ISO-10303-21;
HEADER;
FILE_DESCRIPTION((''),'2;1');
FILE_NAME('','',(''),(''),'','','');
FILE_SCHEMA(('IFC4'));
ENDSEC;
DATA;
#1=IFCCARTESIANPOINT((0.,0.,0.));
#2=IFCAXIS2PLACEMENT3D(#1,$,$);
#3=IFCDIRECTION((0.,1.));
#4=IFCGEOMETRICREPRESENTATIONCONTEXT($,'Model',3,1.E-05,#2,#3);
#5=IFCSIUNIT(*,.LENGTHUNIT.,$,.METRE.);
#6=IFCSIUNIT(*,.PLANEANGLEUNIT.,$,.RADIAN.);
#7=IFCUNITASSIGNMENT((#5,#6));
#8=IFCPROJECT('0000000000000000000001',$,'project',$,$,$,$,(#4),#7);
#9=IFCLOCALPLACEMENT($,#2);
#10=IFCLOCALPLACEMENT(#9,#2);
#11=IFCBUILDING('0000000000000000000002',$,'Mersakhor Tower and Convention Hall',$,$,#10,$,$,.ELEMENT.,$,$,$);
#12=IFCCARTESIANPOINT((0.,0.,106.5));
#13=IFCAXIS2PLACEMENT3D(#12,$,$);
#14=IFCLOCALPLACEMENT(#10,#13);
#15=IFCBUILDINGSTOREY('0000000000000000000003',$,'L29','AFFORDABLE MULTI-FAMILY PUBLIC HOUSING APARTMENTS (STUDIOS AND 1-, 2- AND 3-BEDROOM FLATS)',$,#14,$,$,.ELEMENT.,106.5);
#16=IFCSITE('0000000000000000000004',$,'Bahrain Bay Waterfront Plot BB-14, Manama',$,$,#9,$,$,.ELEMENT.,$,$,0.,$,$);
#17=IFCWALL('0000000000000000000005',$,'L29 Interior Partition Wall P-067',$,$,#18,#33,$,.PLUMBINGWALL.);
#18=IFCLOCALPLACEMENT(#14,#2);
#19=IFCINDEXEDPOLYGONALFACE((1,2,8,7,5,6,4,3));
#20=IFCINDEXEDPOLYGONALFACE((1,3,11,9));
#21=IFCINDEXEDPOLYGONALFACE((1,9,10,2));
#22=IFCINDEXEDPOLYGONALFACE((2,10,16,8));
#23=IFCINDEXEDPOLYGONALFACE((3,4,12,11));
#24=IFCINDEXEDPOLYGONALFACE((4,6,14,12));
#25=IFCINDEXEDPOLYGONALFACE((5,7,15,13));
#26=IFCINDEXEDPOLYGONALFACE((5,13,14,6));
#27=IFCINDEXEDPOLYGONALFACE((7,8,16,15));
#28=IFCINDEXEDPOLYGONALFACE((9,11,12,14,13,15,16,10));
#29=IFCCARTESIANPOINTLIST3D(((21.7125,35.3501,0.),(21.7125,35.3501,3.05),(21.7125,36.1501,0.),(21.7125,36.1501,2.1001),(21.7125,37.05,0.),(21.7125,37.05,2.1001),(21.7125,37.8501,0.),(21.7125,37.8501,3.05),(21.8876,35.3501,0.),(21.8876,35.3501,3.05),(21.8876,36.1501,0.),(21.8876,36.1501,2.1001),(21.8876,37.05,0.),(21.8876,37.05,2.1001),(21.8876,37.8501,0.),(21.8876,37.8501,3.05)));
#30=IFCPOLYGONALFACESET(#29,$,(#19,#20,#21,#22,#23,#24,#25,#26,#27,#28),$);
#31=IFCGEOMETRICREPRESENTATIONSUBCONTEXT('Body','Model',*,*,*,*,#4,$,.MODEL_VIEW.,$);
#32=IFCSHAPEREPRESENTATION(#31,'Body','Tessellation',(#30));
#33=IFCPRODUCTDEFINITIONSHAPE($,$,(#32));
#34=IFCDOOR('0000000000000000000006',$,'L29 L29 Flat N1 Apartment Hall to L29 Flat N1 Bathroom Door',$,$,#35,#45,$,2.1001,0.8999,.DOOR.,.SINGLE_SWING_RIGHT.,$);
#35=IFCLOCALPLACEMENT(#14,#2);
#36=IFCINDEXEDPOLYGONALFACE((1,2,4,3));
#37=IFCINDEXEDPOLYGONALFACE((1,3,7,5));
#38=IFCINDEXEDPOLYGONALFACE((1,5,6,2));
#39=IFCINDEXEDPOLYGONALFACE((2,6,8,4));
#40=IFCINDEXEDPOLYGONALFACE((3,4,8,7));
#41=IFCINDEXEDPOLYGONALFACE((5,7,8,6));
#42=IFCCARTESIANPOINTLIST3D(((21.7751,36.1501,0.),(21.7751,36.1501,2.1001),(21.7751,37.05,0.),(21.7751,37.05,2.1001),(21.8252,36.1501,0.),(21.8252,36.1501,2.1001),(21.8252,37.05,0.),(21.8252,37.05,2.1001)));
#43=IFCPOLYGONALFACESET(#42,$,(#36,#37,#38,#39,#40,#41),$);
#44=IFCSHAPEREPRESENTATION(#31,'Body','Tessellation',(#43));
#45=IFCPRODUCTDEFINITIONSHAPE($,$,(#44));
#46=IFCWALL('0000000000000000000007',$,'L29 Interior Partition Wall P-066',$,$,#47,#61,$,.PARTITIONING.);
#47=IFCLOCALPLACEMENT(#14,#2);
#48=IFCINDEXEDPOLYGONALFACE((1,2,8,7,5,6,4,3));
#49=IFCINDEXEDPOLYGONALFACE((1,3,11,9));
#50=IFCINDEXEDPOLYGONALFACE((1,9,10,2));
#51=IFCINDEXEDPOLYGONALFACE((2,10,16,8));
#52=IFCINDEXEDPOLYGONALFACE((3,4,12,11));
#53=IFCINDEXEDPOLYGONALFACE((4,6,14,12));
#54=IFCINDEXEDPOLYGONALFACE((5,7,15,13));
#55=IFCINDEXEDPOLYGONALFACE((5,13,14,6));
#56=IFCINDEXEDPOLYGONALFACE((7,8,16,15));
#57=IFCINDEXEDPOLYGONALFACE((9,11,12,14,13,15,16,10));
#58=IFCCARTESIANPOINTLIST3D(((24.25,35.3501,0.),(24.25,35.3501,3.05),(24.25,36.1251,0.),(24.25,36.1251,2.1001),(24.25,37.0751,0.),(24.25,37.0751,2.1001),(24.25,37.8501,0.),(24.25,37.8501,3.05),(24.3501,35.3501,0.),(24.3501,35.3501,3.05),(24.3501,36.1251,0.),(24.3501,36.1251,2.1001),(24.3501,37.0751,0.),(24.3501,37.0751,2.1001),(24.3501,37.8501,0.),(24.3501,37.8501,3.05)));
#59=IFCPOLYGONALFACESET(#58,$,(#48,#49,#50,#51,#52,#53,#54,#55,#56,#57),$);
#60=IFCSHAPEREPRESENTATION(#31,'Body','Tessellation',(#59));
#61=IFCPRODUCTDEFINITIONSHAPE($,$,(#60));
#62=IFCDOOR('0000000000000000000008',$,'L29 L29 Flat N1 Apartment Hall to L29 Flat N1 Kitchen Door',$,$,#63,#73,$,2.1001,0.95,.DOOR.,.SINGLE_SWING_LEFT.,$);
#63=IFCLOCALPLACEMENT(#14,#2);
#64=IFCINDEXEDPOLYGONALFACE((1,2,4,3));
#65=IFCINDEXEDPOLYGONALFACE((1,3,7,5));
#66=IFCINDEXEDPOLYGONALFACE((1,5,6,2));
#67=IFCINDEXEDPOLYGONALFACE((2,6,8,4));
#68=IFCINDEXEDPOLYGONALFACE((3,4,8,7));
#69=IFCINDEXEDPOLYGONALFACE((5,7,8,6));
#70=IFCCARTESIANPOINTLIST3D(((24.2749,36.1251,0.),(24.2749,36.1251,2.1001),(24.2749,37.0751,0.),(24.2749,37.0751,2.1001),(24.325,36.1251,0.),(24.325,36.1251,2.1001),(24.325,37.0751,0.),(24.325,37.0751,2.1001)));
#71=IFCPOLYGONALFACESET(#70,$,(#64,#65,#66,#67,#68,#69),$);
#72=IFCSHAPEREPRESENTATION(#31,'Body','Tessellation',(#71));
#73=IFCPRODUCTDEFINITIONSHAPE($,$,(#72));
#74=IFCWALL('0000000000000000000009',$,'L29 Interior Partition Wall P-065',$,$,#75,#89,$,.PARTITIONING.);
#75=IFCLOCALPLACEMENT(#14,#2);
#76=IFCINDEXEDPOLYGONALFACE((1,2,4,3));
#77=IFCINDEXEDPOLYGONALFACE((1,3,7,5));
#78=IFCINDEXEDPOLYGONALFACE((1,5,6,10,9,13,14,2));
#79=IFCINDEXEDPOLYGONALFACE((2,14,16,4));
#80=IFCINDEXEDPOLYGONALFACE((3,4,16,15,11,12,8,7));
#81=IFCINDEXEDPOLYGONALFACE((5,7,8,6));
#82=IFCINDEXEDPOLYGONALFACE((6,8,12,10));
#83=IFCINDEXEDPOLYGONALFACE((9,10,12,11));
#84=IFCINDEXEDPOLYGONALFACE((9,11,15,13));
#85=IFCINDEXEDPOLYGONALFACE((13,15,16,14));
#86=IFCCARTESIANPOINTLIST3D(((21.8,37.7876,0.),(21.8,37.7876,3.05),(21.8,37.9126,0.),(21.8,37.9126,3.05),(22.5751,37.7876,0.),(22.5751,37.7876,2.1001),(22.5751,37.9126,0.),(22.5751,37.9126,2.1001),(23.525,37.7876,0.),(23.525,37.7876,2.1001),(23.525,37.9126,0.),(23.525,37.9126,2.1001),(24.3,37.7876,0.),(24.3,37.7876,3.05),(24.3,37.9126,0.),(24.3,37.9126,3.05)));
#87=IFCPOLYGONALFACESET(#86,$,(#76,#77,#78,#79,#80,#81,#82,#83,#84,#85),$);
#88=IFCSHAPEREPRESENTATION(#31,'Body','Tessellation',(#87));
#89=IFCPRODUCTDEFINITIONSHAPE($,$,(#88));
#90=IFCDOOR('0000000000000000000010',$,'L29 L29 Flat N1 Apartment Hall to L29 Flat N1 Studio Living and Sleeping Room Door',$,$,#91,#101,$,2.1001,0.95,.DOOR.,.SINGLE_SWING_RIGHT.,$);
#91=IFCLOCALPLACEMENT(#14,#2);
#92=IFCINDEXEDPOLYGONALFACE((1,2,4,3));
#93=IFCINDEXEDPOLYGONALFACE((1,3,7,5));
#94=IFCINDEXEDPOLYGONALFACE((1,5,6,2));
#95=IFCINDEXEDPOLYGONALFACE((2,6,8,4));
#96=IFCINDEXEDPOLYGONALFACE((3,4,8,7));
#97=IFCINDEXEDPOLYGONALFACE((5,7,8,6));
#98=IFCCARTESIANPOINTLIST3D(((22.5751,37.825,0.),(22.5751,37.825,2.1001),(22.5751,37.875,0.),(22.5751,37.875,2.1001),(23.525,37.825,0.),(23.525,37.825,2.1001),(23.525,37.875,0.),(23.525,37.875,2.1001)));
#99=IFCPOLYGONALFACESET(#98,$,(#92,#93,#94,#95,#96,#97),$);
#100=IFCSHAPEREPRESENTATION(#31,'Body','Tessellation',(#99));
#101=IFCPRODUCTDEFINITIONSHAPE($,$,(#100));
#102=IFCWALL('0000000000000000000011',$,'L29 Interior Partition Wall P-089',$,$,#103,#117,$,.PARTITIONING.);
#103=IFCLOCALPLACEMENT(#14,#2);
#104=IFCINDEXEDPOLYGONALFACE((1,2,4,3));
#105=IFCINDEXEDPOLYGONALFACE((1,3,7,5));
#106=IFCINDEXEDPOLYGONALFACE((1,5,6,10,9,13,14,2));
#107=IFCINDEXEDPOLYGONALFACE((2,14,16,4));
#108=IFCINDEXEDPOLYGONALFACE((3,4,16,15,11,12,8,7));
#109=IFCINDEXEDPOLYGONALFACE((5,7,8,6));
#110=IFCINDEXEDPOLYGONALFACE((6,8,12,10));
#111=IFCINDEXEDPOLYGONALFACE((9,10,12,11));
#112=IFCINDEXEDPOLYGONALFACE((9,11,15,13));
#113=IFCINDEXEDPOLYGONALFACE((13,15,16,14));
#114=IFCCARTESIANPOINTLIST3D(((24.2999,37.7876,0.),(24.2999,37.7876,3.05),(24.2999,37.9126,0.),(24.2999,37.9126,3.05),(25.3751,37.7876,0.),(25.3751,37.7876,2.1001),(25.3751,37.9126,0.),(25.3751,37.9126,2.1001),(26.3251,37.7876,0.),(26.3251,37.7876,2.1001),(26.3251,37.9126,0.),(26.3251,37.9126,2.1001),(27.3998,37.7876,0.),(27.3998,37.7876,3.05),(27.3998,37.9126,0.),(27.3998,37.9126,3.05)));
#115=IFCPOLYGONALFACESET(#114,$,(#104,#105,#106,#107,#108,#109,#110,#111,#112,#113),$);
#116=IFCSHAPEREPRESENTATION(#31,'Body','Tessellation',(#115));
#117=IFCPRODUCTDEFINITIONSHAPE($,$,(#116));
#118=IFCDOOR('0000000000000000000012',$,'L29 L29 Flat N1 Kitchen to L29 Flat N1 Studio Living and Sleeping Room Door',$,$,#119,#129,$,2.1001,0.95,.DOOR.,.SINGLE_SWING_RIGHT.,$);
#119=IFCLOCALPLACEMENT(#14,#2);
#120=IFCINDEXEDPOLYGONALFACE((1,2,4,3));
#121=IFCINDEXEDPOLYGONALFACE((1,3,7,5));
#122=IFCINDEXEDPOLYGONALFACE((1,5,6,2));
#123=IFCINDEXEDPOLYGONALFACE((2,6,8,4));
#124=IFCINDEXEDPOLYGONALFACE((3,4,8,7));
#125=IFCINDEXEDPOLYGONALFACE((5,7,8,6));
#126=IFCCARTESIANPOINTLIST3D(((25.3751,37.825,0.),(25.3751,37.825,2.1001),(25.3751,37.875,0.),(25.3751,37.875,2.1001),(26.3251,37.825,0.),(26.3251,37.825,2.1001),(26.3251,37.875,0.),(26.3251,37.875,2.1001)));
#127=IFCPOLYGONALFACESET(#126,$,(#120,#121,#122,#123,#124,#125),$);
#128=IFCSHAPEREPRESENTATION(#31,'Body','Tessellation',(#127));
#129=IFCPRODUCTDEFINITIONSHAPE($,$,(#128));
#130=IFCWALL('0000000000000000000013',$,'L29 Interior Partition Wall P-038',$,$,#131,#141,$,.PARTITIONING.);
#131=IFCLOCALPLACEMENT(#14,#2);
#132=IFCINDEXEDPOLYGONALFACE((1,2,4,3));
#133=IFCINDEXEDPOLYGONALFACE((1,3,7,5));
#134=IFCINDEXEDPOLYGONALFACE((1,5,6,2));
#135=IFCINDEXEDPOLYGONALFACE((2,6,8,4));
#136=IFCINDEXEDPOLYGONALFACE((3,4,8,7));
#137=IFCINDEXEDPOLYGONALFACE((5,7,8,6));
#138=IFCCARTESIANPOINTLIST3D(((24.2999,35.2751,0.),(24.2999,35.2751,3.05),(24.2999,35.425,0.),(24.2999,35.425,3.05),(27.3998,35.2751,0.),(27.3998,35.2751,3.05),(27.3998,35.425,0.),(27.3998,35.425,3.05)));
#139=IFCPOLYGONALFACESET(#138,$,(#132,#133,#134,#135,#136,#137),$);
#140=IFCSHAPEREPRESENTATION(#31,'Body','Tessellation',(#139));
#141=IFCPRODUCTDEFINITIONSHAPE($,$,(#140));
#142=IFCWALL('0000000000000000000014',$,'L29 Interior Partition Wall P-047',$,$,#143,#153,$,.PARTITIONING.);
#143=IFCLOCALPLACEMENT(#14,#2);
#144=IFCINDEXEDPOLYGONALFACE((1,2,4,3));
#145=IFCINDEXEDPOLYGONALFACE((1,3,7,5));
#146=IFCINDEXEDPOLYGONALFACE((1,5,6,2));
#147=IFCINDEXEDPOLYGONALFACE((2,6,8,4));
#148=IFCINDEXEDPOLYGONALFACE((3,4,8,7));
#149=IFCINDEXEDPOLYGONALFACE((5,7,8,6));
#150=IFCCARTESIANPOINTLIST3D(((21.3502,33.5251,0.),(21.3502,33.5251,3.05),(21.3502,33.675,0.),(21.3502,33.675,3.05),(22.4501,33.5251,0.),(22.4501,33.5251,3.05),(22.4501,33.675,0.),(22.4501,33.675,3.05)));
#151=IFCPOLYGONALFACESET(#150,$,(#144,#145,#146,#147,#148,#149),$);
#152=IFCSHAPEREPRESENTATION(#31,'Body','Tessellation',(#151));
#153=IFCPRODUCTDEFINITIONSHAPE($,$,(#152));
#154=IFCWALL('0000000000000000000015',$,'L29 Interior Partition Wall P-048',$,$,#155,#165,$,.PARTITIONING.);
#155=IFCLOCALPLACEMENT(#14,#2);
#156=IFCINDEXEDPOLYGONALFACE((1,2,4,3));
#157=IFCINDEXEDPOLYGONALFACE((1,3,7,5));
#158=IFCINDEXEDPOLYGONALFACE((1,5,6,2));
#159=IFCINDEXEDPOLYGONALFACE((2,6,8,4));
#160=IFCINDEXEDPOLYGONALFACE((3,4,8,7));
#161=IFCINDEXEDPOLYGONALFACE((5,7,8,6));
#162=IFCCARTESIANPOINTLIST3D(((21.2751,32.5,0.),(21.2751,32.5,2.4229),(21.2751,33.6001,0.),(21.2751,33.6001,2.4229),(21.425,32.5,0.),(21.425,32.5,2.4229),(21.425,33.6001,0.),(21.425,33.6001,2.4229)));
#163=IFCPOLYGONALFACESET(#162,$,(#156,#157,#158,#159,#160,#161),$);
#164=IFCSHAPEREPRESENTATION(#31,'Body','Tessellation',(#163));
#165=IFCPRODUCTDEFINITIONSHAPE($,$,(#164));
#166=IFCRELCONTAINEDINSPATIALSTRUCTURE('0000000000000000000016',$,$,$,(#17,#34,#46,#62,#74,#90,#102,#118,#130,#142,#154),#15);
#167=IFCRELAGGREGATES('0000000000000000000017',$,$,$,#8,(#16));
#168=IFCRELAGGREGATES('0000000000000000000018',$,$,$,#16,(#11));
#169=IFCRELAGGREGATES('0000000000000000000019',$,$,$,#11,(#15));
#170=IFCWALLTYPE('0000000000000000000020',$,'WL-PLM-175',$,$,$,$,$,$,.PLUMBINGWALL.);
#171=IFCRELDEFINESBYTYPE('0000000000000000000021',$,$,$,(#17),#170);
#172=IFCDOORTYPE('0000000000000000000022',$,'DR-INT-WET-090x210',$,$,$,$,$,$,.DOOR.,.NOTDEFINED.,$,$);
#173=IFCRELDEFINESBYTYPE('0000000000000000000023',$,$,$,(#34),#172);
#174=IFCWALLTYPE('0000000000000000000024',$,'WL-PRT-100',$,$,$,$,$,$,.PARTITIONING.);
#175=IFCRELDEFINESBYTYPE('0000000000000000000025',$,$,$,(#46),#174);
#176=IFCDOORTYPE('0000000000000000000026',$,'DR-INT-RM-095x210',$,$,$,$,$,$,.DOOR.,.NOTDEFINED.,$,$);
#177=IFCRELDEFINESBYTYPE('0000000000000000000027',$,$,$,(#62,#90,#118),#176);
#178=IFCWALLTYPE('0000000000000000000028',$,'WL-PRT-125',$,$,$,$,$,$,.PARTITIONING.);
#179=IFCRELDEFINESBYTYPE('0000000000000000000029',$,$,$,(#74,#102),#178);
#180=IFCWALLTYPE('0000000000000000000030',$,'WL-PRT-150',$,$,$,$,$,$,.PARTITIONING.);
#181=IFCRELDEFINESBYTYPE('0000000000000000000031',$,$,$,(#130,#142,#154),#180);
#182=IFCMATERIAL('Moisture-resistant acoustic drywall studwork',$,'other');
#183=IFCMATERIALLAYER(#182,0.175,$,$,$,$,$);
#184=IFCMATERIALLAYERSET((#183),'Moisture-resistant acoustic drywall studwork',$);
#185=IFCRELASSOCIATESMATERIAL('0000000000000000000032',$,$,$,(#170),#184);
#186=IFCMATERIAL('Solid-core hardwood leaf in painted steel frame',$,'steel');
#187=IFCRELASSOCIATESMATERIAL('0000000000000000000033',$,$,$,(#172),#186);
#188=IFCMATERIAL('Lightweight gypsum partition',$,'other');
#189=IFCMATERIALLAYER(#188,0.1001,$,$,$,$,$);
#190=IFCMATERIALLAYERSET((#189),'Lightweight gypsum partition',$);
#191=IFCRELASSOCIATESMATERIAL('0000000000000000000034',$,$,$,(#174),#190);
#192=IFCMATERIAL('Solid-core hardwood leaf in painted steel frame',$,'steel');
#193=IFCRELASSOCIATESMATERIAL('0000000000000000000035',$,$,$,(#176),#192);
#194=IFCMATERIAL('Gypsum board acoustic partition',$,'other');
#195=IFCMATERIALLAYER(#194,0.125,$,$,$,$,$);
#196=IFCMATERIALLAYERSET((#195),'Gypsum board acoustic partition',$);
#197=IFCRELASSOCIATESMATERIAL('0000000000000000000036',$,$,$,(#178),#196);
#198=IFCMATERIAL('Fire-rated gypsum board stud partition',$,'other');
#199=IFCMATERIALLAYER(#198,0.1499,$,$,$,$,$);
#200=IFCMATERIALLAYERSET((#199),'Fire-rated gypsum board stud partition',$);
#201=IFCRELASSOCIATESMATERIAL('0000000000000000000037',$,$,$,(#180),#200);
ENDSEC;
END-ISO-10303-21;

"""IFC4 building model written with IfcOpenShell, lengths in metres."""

from ifc_helpers import new_model, si_unit, direction, frame, frame_2d, origin, place, context, subcontext, project, spatial, rectangle, extrude, material, layer, layer_set, type_object, element, fill, save


model = new_model("IFC4")

# Units and contexts
model_context = context("Model", 3, precision=1e-05, world=origin(), true_north=direction((0.0, 1.0)))
body_context = subcontext(model_context, "Body", "Model", "MODEL_VIEW")
ifc_project = project(units=[si_unit("LENGTHUNIT", "METRE"), si_unit("PLANEANGLEUNIT", "RADIAN")], contexts=[model_context])

# Site, building, storey
site_placement = place(None, origin())
site = spatial("IfcSite", under=ifc_project, at=site_placement, Name="Bahrain Bay Waterfront Plot BB-14, Manama", CompositionType="ELEMENT", RefElevation=0.0)
building_placement = place(site_placement, origin())
building = spatial("IfcBuilding", under=site, at=building_placement, Name="Mersakhor Tower and Convention Hall", CompositionType="ELEMENT")
storey_placement = place(building_placement, frame((0.0, 0.0, 106.5)))
storey = spatial("IfcBuildingStorey", under=building, at=storey_placement, Name="L29", Description="AFFORDABLE MULTI-FAMILY PUBLIC HOUSING APARTMENTS (STUDIOS AND 1-, 2- AND 3-BEDROOM FLATS)", CompositionType="ELEMENT", Elevation=106.5)

# Walls, openings, doors
ifc_material_1 = material(Name="Moisture-resistant acoustic drywall studwork", Category="other")
ifc_layer_1 = layer(ifc_material_1, 0.175)
ifc_layer_set_1 = layer_set([ifc_layer_1], Name="Moisture-resistant acoustic drywall studwork")
wall_type_1 = type_object("IfcWallType", Name="WL-PLM-175", PredefinedType="PLUMBINGWALL", material=ifc_layer_set_1)
wall_1_placement = place(storey_placement, frame((21.8, 35.3501, 0.0), z_axis=(0.0, 0.0, 1.0), x_axis=(0.0, 1.0, 0.0)))
wall_1 = element("IfcWall", 1, at=wall_1_placement, inside=storey, type_object=wall_type_1, Name="L29 Interior Partition Wall P-067", PredefinedType="PLUMBINGWALL", context=body_context, shape_type="SweptSolid", body=[
    extrude(rectangle(XDim=2.5, YDim=0.175, at=frame_2d((1.25, 0.0))), origin(), (0.0, 0.0, 1.0), 3.05),
])
opening_1_placement = place(wall_1_placement, frame((0.8, 0.0, 0.0)))
opening_1 = element("IfcOpeningElement", 2, at=opening_1_placement, cuts=wall_1, PredefinedType="OPENING", context=body_context, shape_type="SweptSolid", body=[
    extrude(rectangle(XDim=0.8999, YDim=2.1001, at=frame_2d((0.45, 1.05))), frame((0.0, 0.0974, 0.0), z_axis=(0.0, -1.0, 0.0), x_axis=(1.0, 0.0, 0.0)), (0.0, 0.0, 1.0), 0.1951),
])
ifc_material_2 = material(Name="Solid-core hardwood leaf in painted steel frame", Category="steel")
door_type_1 = type_object("IfcDoorType", Name="DR-INT-WET-090x210", OperationType="NOTDEFINED", PredefinedType="DOOR", material=ifc_material_2)
door_1_placement = place(opening_1_placement, origin())
door_1 = element("IfcDoor", 3, at=door_1_placement, inside=storey, type_object=door_type_1, Name="L29 L29 Flat N1 Apartment Hall to L29 Flat N1 Bathroom Door", OperationType="SINGLE_SWING_RIGHT", OverallHeight=2.1001, OverallWidth=0.8999, PredefinedType="DOOR", context=body_context, shape_type="SweptSolid", body=[
    extrude(rectangle(XDim=0.8999, YDim=2.1001, at=frame_2d((0.45, 1.05))), frame((0.0, 0.0249, 0.0), z_axis=(0.0, -1.0, 0.0), x_axis=(1.0, 0.0, 0.0)), (0.0, 0.0, 1.0), 0.05),
])
fill(opening_1, door_1)
ifc_material_3 = material(Name="Lightweight gypsum partition", Category="other")
ifc_layer_2 = layer(ifc_material_3, 0.1001)
ifc_layer_set_2 = layer_set([ifc_layer_2], Name="Lightweight gypsum partition")
wall_type_2 = type_object("IfcWallType", Name="WL-PRT-100", PredefinedType="PARTITIONING", material=ifc_layer_set_2)
wall_2_placement = place(storey_placement, frame((24.3, 37.8501, 0.0), z_axis=(0.0, 0.0, 1.0), x_axis=(0.0, -1.0, 0.0)))
wall_2 = element("IfcWall", 4, at=wall_2_placement, inside=storey, type_object=wall_type_2, Name="L29 Interior Partition Wall P-066", PredefinedType="PARTITIONING", context=body_context, shape_type="SweptSolid", body=[
    extrude(rectangle(XDim=2.5, YDim=0.1001, at=frame_2d((1.25, 0.0))), origin(), (0.0, 0.0, 1.0), 3.05),
])
opening_2_placement = place(wall_2_placement, frame((0.7749, 0.0, 0.0)))
opening_2 = element("IfcOpeningElement", 5, at=opening_2_placement, cuts=wall_2, PredefinedType="OPENING", context=body_context, shape_type="SweptSolid", body=[
    extrude(rectangle(XDim=0.95, YDim=2.1001, at=frame_2d((0.4751, 1.05))), frame((0.0, 0.0601, 0.0), z_axis=(0.0, -1.0, 0.0), x_axis=(1.0, 0.0, 0.0)), (0.0, 0.0, 1.0), 0.1201),
])
ifc_material_4 = material(Name="Solid-core hardwood leaf in painted steel frame", Category="steel")
door_type_2 = type_object("IfcDoorType", Name="DR-INT-RM-095x210", OperationType="NOTDEFINED", PredefinedType="DOOR", material=ifc_material_4)
door_2_placement = place(opening_2_placement, origin())
door_2 = element("IfcDoor", 6, at=door_2_placement, inside=storey, type_object=door_type_2, Name="L29 L29 Flat N1 Apartment Hall to L29 Flat N1 Kitchen Door", OperationType="SINGLE_SWING_LEFT", OverallHeight=2.1001, OverallWidth=0.95, PredefinedType="DOOR", context=body_context, shape_type="SweptSolid", body=[
    extrude(rectangle(XDim=0.95, YDim=2.1001, at=frame_2d((0.4751, 1.05))), frame((0.0, 0.0249, 0.0), z_axis=(0.0, -1.0, 0.0), x_axis=(1.0, 0.0, 0.0)), (0.0, 0.0, 1.0), 0.05),
])
fill(opening_2, door_2)
ifc_material_5 = material(Name="Gypsum board acoustic partition", Category="other")
ifc_layer_3 = layer(ifc_material_5, 0.125)
ifc_layer_set_3 = layer_set([ifc_layer_3], Name="Gypsum board acoustic partition")
wall_type_3 = type_object("IfcWallType", Name="WL-PRT-125", PredefinedType="PARTITIONING", material=ifc_layer_set_3)
wall_3_placement = place(storey_placement, frame((21.8, 37.8501, 0.0), z_axis=(0.0, 0.0, 1.0), x_axis=(1.0, 0.0, 0.0)))
wall_3 = element("IfcWall", 7, at=wall_3_placement, inside=storey, type_object=wall_type_3, Name="L29 Interior Partition Wall P-065", PredefinedType="PARTITIONING", context=body_context, shape_type="SweptSolid", body=[
    extrude(rectangle(XDim=2.5, YDim=0.125, at=frame_2d((1.25, 0.0))), origin(), (0.0, 0.0, 1.0), 3.05),
])
opening_3_placement = place(wall_3_placement, frame((0.7749, 0.0, 0.0)))
opening_3 = element("IfcOpeningElement", 8, at=opening_3_placement, cuts=wall_3, PredefinedType="OPENING", context=body_context, shape_type="SweptSolid", body=[
    extrude(rectangle(XDim=0.95, YDim=2.1001, at=frame_2d((0.4751, 1.05))), frame((0.0, 0.0725, 0.0), z_axis=(0.0, -1.0, 0.0), x_axis=(1.0, 0.0, 0.0)), (0.0, 0.0, 1.0), 0.145),
])
door_3_placement = place(opening_3_placement, origin())
door_3 = element("IfcDoor", 9, at=door_3_placement, inside=storey, type_object=door_type_2, Name="L29 L29 Flat N1 Apartment Hall to L29 Flat N1 Studio Living and Sleeping Room Door", OperationType="SINGLE_SWING_RIGHT", OverallHeight=2.1001, OverallWidth=0.95, PredefinedType="DOOR", context=body_context, shape_type="SweptSolid", body=[
    extrude(rectangle(XDim=0.95, YDim=2.1001, at=frame_2d((0.4751, 1.05))), frame((0.0, 0.0249, 0.0), z_axis=(0.0, -1.0, 0.0), x_axis=(1.0, 0.0, 0.0)), (0.0, 0.0, 1.0), 0.05),
])
fill(opening_3, door_3)
wall_4_placement = place(storey_placement, frame((24.3, 37.8501, 0.0), z_axis=(0.0, 0.0, 1.0), x_axis=(1.0, 0.0, 0.0)))
wall_4 = element("IfcWall", 10, at=wall_4_placement, inside=storey, type_object=wall_type_3, Name="L29 Interior Partition Wall P-089", PredefinedType="PARTITIONING", context=body_context, shape_type="SweptSolid", body=[
    extrude(rectangle(XDim=3.0999, YDim=0.125, at=frame_2d((1.5498, 0.0))), origin(), (0.0, 0.0, 1.0), 3.05),
])
opening_4_placement = place(wall_4_placement, frame((1.075, 0.0, 0.0)))
opening_4 = element("IfcOpeningElement", 11, at=opening_4_placement, cuts=wall_4, PredefinedType="OPENING", context=body_context, shape_type="SweptSolid", body=[
    extrude(rectangle(XDim=0.95, YDim=2.1001, at=frame_2d((0.4751, 1.05))), frame((0.0, 0.0725, 0.0), z_axis=(0.0, -1.0, 0.0), x_axis=(1.0, 0.0, 0.0)), (0.0, 0.0, 1.0), 0.145),
])
door_4_placement = place(opening_4_placement, origin())
door_4 = element("IfcDoor", 12, at=door_4_placement, inside=storey, type_object=door_type_2, Name="L29 L29 Flat N1 Kitchen to L29 Flat N1 Studio Living and Sleeping Room Door", OperationType="SINGLE_SWING_RIGHT", OverallHeight=2.1001, OverallWidth=0.95, PredefinedType="DOOR", context=body_context, shape_type="SweptSolid", body=[
    extrude(rectangle(XDim=0.95, YDim=2.1001, at=frame_2d((0.4751, 1.05))), frame((0.0, 0.0249, 0.0), z_axis=(0.0, -1.0, 0.0), x_axis=(1.0, 0.0, 0.0)), (0.0, 0.0, 1.0), 0.05),
])
fill(opening_4, door_4)
ifc_material_6 = material(Name="Fire-rated gypsum board stud partition", Category="other")
ifc_layer_4 = layer(ifc_material_6, 0.1499)
ifc_layer_set_4 = layer_set([ifc_layer_4], Name="Fire-rated gypsum board stud partition")
wall_type_4 = type_object("IfcWallType", Name="WL-PRT-150", PredefinedType="PARTITIONING", material=ifc_layer_set_4)

# Wall
wall_5_placement = place(storey_placement, frame((24.3, 35.3501, 0.0), z_axis=(0.0, 0.0, 1.0), x_axis=(1.0, 0.0, 0.0)))
element("IfcWall", 13, at=wall_5_placement, inside=storey, type_object=wall_type_4, Name="L29 Interior Partition Wall P-038", PredefinedType="PARTITIONING", context=body_context, shape_type="SweptSolid", body=[
    extrude(rectangle(XDim=3.0999, YDim=0.1499, at=frame_2d((1.5498, 0.0))), origin(), (0.0, 0.0, 1.0), 3.05),
])

# Walls
wall_6_placement = place(storey_placement, frame((22.45, 33.6001, 0.0), z_axis=(0.0, 0.0, 1.0), x_axis=(-1.0, 0.0, 0.0)))
element("IfcWall", 14, at=wall_6_placement, inside=storey, type_object=wall_type_4, Name="L29 Interior Partition Wall P-047", PredefinedType="PARTITIONING", context=body_context, shape_type="SweptSolid", body=[
    extrude(rectangle(XDim=1.0999, YDim=0.1499, at=frame_2d((0.5498, 0.0))), origin(), (0.0, 0.0, 1.0), 3.05),
])
wall_7_placement = place(storey_placement, frame((21.3501, 33.6001, 0.0), z_axis=(0.0, 0.0, 1.0), x_axis=(0.0, -1.0, 0.0)))
element("IfcWall", 15, at=wall_7_placement, inside=storey, type_object=wall_type_4, Name="L29 Interior Partition Wall P-048", PredefinedType="PARTITIONING", context=body_context, shape_type="SweptSolid", body=[
    extrude(rectangle(XDim=1.1001, YDim=0.1499, at=frame_2d((0.55, 0.0))), origin(), (0.0, 0.0, 1.0), 2.4229),
])

save(model, "model.ifc")
